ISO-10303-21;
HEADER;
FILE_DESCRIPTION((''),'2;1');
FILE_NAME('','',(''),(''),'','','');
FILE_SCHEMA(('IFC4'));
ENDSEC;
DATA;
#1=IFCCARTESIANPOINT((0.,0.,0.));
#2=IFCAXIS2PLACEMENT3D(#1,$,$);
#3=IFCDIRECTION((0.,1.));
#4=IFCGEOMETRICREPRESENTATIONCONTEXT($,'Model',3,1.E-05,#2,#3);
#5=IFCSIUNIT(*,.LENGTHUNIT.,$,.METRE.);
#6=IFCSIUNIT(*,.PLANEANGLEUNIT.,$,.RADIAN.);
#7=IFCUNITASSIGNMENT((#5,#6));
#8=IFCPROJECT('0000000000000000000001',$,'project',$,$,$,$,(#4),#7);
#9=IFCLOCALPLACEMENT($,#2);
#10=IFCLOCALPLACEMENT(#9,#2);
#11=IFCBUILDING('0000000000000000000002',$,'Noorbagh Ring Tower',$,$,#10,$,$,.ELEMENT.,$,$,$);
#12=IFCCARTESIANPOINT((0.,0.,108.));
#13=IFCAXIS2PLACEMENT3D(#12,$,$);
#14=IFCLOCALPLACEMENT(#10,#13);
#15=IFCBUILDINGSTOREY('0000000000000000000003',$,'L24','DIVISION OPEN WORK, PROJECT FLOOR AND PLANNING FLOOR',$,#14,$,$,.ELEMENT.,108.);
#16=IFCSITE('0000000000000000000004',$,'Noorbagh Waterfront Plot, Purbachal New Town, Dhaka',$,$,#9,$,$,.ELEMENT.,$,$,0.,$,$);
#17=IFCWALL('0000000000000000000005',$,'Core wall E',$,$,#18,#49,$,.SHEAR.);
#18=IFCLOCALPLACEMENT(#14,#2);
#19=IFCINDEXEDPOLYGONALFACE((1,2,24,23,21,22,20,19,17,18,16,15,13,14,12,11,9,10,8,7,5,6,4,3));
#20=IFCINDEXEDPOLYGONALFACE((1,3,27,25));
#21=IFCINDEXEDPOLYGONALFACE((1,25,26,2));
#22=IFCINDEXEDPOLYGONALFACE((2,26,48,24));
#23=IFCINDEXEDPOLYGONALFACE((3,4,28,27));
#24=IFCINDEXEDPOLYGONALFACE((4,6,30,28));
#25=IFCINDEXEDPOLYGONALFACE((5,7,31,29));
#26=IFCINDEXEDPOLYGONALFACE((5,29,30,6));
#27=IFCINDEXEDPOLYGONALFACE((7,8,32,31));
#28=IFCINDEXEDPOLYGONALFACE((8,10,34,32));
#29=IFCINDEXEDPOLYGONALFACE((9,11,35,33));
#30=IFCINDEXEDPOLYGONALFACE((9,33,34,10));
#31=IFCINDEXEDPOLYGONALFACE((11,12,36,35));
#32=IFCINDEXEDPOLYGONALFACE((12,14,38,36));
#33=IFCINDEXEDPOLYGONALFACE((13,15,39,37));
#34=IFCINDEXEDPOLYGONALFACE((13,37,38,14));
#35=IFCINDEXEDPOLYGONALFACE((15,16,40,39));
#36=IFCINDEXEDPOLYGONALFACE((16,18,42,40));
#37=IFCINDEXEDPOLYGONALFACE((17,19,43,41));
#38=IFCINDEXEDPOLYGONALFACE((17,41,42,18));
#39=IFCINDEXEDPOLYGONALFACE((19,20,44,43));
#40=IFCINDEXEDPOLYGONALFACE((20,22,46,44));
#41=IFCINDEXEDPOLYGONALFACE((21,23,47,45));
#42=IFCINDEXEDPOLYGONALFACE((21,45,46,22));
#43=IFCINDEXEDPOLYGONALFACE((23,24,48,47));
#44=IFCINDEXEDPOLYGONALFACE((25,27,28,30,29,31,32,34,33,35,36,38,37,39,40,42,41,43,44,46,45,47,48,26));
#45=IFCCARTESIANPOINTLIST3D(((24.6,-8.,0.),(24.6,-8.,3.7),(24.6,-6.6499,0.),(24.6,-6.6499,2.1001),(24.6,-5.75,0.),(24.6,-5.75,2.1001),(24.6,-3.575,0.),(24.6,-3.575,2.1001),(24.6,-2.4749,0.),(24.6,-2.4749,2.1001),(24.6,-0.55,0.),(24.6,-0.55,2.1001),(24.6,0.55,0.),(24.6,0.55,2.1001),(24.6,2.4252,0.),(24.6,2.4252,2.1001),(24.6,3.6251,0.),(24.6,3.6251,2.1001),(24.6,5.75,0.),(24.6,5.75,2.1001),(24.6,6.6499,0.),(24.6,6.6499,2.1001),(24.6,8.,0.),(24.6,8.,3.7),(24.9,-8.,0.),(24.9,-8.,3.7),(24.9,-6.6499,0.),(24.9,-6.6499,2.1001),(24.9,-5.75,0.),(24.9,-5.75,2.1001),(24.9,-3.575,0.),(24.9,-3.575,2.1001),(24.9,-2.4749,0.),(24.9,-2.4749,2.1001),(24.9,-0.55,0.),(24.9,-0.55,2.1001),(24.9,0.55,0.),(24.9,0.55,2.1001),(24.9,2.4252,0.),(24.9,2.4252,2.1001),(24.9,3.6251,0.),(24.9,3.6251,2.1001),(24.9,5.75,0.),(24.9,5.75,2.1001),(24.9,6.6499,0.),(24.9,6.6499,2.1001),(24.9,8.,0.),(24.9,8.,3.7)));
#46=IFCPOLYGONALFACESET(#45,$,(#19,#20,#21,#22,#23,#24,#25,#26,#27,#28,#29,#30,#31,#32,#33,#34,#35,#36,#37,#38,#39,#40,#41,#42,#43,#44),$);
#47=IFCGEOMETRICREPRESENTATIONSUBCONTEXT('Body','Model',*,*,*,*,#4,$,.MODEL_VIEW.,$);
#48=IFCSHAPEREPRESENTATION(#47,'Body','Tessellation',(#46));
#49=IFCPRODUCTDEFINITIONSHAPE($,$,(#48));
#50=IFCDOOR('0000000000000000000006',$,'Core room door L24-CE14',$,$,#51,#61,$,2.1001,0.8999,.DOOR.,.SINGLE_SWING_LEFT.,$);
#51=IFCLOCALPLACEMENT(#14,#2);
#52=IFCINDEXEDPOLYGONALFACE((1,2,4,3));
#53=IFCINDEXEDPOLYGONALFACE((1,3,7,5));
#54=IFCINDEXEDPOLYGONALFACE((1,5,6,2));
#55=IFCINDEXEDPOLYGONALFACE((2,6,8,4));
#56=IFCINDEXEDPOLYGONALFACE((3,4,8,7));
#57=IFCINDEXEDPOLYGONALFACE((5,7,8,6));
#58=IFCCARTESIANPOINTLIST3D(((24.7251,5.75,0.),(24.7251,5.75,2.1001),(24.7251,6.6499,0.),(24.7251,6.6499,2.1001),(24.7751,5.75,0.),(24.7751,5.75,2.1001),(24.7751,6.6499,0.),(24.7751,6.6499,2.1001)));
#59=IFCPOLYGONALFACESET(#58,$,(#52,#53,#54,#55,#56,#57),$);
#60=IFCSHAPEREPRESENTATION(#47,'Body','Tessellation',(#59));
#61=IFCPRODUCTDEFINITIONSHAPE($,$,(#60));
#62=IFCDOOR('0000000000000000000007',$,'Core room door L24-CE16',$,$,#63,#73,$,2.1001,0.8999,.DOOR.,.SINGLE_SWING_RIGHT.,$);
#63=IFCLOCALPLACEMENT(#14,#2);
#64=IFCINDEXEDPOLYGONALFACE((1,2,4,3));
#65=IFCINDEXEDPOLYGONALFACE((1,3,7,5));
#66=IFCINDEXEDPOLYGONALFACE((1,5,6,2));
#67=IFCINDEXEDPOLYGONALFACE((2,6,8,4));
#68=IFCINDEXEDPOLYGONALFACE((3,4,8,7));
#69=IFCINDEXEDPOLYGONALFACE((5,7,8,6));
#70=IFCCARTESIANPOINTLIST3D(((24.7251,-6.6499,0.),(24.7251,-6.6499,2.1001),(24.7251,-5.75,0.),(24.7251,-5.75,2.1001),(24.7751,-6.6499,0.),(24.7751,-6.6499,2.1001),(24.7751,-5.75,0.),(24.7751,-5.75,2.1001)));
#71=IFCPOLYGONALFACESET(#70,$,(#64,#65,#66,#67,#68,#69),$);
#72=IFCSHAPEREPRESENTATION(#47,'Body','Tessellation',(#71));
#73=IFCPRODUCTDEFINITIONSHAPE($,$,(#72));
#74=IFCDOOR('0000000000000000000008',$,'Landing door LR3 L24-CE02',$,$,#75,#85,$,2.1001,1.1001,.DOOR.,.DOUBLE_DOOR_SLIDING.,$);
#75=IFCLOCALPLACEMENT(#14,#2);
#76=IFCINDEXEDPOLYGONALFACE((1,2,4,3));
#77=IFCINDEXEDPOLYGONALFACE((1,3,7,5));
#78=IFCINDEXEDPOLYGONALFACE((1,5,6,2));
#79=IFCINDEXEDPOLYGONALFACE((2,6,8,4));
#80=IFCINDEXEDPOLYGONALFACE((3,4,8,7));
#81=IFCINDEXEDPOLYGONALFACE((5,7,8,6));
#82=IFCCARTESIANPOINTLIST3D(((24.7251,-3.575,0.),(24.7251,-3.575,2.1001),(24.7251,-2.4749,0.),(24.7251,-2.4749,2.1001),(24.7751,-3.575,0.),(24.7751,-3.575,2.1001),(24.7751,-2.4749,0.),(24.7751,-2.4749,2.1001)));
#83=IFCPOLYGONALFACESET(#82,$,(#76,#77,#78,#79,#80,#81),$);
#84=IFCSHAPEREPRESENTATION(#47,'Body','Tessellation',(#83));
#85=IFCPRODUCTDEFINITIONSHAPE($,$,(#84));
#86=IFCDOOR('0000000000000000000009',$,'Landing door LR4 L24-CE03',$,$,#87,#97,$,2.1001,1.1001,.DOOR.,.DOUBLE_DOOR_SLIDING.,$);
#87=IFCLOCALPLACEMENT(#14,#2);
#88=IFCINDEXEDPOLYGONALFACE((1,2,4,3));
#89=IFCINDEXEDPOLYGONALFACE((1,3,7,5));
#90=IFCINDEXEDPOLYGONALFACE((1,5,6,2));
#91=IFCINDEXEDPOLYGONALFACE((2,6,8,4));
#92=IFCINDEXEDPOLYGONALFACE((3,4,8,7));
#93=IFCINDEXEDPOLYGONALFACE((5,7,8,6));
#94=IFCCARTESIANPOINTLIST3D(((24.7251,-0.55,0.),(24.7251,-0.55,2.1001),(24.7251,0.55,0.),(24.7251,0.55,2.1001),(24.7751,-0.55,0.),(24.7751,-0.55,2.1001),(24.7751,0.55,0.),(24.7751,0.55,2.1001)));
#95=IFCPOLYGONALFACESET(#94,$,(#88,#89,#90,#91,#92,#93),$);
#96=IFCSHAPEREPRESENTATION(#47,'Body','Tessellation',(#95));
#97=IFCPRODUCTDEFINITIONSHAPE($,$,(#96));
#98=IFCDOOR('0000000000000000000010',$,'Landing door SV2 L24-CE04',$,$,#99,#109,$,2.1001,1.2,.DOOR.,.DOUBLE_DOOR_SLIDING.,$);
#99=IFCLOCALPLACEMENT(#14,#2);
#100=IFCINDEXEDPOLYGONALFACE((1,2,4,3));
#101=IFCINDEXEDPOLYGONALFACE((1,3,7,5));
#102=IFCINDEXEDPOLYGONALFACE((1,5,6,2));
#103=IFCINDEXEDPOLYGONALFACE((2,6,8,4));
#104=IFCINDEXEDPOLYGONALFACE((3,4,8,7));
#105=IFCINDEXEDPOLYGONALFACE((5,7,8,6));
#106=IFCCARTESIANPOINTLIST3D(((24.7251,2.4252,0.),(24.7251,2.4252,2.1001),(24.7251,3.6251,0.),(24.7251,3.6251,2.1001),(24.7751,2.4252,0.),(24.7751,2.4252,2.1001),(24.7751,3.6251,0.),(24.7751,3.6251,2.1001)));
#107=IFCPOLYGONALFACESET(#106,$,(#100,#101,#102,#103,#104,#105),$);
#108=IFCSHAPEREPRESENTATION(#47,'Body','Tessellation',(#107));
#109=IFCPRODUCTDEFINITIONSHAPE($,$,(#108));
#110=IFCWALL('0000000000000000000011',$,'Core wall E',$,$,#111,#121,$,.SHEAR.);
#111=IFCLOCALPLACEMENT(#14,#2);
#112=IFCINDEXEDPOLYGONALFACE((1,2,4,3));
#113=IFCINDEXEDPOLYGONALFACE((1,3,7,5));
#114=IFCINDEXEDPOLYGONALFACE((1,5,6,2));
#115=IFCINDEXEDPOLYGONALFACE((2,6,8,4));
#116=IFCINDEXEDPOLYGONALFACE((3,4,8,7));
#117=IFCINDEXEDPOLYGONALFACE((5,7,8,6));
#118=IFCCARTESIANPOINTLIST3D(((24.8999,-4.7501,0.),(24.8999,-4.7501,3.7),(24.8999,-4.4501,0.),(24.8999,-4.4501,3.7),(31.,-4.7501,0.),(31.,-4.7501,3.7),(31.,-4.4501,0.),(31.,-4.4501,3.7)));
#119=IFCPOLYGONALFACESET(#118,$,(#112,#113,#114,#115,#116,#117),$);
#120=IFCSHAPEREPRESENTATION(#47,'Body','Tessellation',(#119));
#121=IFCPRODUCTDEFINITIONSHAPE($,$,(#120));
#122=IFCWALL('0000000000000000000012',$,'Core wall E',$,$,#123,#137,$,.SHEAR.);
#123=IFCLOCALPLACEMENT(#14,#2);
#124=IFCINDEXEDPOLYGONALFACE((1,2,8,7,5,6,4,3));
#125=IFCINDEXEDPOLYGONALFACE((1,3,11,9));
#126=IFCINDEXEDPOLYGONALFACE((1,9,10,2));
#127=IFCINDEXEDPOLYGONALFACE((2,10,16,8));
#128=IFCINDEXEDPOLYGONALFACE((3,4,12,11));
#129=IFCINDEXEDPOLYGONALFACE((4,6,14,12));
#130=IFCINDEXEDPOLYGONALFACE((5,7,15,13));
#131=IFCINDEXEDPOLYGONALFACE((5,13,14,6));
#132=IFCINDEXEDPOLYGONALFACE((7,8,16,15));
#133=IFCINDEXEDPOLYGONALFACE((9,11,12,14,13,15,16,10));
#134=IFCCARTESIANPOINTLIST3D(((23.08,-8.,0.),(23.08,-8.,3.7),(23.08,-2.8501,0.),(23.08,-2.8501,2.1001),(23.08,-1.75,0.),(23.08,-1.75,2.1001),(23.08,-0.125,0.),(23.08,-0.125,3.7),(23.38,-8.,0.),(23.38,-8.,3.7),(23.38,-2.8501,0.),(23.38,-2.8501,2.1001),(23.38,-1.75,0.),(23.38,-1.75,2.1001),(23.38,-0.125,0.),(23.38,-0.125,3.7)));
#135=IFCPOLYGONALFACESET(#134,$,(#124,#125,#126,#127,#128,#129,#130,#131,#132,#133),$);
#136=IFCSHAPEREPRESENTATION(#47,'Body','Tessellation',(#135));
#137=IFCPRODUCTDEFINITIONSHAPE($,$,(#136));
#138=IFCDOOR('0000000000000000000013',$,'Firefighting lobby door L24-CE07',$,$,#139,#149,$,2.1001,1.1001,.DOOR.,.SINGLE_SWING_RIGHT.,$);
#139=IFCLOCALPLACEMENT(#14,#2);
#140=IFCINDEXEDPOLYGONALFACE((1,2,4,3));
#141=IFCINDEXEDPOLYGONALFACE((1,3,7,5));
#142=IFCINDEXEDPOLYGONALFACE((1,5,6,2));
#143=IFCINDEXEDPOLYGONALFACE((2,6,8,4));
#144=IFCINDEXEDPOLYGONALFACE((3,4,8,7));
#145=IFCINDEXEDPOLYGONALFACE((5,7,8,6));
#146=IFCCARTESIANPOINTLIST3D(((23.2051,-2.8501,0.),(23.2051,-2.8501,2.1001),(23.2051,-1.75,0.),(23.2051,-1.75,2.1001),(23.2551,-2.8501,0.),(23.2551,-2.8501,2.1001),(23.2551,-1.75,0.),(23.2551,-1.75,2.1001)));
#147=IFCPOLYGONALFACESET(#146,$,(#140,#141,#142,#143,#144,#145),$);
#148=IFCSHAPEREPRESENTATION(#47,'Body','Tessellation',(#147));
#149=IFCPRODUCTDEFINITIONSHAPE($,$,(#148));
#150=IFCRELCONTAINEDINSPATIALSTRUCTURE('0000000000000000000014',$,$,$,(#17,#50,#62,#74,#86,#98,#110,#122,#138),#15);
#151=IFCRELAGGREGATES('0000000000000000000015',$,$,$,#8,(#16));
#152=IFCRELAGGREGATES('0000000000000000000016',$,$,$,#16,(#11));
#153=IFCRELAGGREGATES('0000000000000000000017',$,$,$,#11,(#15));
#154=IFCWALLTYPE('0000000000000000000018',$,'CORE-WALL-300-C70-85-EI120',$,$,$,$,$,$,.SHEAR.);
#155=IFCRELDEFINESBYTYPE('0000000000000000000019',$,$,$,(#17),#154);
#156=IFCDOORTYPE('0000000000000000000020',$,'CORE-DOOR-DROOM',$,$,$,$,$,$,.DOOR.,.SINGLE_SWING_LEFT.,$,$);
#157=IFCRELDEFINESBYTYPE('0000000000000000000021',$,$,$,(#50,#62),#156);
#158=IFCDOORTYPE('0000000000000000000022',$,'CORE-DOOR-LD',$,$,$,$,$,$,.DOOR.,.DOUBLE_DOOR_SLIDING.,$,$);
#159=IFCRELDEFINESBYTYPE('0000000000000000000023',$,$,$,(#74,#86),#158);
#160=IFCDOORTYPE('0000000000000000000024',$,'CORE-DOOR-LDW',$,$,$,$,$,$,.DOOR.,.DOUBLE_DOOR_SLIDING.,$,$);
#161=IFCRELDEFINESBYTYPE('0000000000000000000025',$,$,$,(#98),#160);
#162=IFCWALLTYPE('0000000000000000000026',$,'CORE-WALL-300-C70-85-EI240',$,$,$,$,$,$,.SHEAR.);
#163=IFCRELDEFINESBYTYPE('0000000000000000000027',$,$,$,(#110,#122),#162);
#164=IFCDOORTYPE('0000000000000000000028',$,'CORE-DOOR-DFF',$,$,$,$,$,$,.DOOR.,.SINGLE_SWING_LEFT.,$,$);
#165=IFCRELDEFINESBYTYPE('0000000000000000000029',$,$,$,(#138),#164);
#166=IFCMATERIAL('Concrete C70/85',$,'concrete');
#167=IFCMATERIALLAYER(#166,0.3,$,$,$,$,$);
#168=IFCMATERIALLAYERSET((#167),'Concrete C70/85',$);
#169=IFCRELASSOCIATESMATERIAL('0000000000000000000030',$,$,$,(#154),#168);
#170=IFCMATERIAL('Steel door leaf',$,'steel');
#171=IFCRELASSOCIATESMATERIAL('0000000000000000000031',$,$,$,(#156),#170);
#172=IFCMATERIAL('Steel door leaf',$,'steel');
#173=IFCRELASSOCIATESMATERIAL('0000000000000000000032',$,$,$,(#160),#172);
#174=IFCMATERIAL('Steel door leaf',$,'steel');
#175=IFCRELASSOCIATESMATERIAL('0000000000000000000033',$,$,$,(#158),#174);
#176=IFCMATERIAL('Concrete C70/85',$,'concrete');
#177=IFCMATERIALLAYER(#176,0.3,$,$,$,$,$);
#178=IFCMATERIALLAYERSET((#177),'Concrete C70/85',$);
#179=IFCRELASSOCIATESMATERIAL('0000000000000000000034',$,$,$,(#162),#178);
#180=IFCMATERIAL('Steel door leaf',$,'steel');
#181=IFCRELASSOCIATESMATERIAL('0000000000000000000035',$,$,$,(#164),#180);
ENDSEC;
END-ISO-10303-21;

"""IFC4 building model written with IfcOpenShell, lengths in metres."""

from ifc_helpers import new_model, si_unit, direction, frame, frame_2d, origin, place, context, subcontext, project, spatial, rectangle, extrude, material, layer, layer_set, type_object, element, fill, save


model = new_model("IFC4")

# Units and contexts
model_context = context("Model", 3, precision=1e-05, world=origin(), true_north=direction((0.0, 1.0)))
body_context = subcontext(model_context, "Body", "Model", "MODEL_VIEW")
ifc_project = project(units=[si_unit("LENGTHUNIT", "METRE"), si_unit("PLANEANGLEUNIT", "RADIAN")], contexts=[model_context])

# Site, building, storey
site_placement = place(None, origin())
site = spatial("IfcSite", under=ifc_project, at=site_placement, Name="Noorbagh Waterfront Plot, Purbachal New Town, Dhaka", CompositionType="ELEMENT", RefElevation=0.0)
building_placement = place(site_placement, origin())
building = spatial("IfcBuilding", under=site, at=building_placement, Name="Noorbagh Ring Tower", CompositionType="ELEMENT")
storey_placement = place(building_placement, frame((0.0, 0.0, 108.0)))
storey = spatial("IfcBuildingStorey", under=building, at=storey_placement, Name="L24", Description="DIVISION OPEN WORK, PROJECT FLOOR AND PLANNING FLOOR", CompositionType="ELEMENT", Elevation=108.0)

# Shared definitions
ifc_material_1 = material(Name="Concrete C70/85", Category="concrete")
ifc_layer_1 = layer(ifc_material_1, 0.3)
ifc_layer_set_1 = layer_set([ifc_layer_1], Name="Concrete C70/85")
wall_type_1 = type_object("IfcWallType", Name="CORE-WALL-300-C70-85-EI120", PredefinedType="SHEAR", material=ifc_layer_set_1)

# Wall, openings, doors
ifc_material_2 = material(Name="Steel door leaf", Category="steel")
door_type_1 = type_object("IfcDoorType", Name="CORE-DOOR-DROOM", OperationType="SINGLE_SWING_LEFT", PredefinedType="DOOR", material=ifc_material_2)
ifc_material_3 = material(Name="Steel door leaf", Category="steel")
door_type_2 = type_object("IfcDoorType", Name="CORE-DOOR-LDW", OperationType="DOUBLE_DOOR_SLIDING", PredefinedType="DOOR", material=ifc_material_3)
wall_1_placement = place(storey_placement, frame((24.75, -8.0, 0.0), z_axis=(0.0, 0.0, 1.0), x_axis=(0.0, 1.0, 0.0)))
wall_1 = element("IfcWall", 1, at=wall_1_placement, inside=storey, type_object=wall_type_1, Name="Core wall E", PredefinedType="SHEAR", context=body_context, shape_type="SweptSolid", body=[
    extrude(rectangle(XDim=16.0, YDim=0.3, at=frame_2d((8.0, 0.0))), origin(), (0.0, 0.0, 1.0), 3.7),
])
opening_1_placement = place(wall_1_placement, frame((4.425, 0.0, 0.0)))
opening_1 = element("IfcOpeningElement", 2, at=opening_1_placement, cuts=wall_1, PredefinedType="OPENING", context=body_context, shape_type="SweptSolid", body=[
    extrude(rectangle(XDim=1.1001, YDim=2.1001, at=frame_2d((0.55, 1.05))), frame((0.0, 0.1602, 0.0), z_axis=(0.0, -1.0, 0.0), x_axis=(1.0, 0.0, 0.0)), (0.0, 0.0, 1.0), 0.3201),
])
opening_2_placement = place(wall_1_placement, frame((7.45, 0.0, 0.0)))
opening_2 = element("IfcOpeningElement", 3, at=opening_2_placement, cuts=wall_1, PredefinedType="OPENING", context=body_context, shape_type="SweptSolid", body=[
    extrude(rectangle(XDim=1.1001, YDim=2.1001, at=frame_2d((0.55, 1.05))), frame((0.0, 0.1602, 0.0), z_axis=(0.0, -1.0, 0.0), x_axis=(1.0, 0.0, 0.0)), (0.0, 0.0, 1.0), 0.3201),
])
opening_3_placement = place(wall_1_placement, frame((10.425, 0.0, 0.0)))
opening_3 = element("IfcOpeningElement", 4, at=opening_3_placement, cuts=wall_1, PredefinedType="OPENING", context=body_context, shape_type="SweptSolid", body=[
    extrude(rectangle(XDim=1.2, YDim=2.1001, at=frame_2d((0.6001, 1.05))), frame((0.0, 0.1602, 0.0), z_axis=(0.0, -1.0, 0.0), x_axis=(1.0, 0.0, 0.0)), (0.0, 0.0, 1.0), 0.3201),
])
opening_4_placement = place(wall_1_placement, frame((13.75, 0.0, 0.0)))
opening_4 = element("IfcOpeningElement", 5, at=opening_4_placement, cuts=wall_1, PredefinedType="OPENING", context=body_context, shape_type="SweptSolid", body=[
    extrude(rectangle(XDim=0.8999, YDim=2.1001, at=frame_2d((0.45, 1.05))), frame((0.0, 0.1602, 0.0), z_axis=(0.0, -1.0, 0.0), x_axis=(1.0, 0.0, 0.0)), (0.0, 0.0, 1.0), 0.3201),
])
opening_5_placement = place(wall_1_placement, frame((1.3501, 0.0, 0.0)))
opening_5 = element("IfcOpeningElement", 6, at=opening_5_placement, cuts=wall_1, PredefinedType="OPENING", context=body_context, shape_type="SweptSolid", body=[
    extrude(rectangle(XDim=0.8999, YDim=2.1001, at=frame_2d((0.45, 1.05))), frame((0.0, 0.1602, 0.0), z_axis=(0.0, -1.0, 0.0), x_axis=(1.0, 0.0, 0.0)), (0.0, 0.0, 1.0), 0.3201),
])
door_1_placement = place(opening_4_placement, origin())
door_1 = element("IfcDoor", 7, at=door_1_placement, inside=storey, type_object=door_type_1, Name="Core room door L24-CE14", OperationType="SINGLE_SWING_LEFT", OverallHeight=2.1001, OverallWidth=0.8999, PredefinedType="DOOR", context=body_context, shape_type="SweptSolid", body=[
    extrude(rectangle(XDim=0.8999, YDim=2.1001, at=frame_2d((0.45, 1.05))), frame((0.0, 0.0249, 0.0), z_axis=(0.0, -1.0, 0.0), x_axis=(1.0, 0.0, 0.0)), (0.0, 0.0, 1.0), 0.05),
])
fill(opening_4, door_1)
door_2_placement = place(opening_5_placement, origin())
door_2 = element("IfcDoor", 8, at=door_2_placement, inside=storey, type_object=door_type_1, Name="Core room door L24-CE16", OperationType="SINGLE_SWING_RIGHT", OverallHeight=2.1001, OverallWidth=0.8999, PredefinedType="DOOR", context=body_context, shape_type="SweptSolid", body=[
    extrude(rectangle(XDim=0.8999, YDim=2.1001, at=frame_2d((0.45, 1.05))), frame((0.0, 0.0249, 0.0), z_axis=(0.0, -1.0, 0.0), x_axis=(1.0, 0.0, 0.0)), (0.0, 0.0, 1.0), 0.05),
])
fill(opening_5, door_2)
ifc_material_4 = material(Name="Steel door leaf", Category="steel")
door_type_3 = type_object("IfcDoorType", Name="CORE-DOOR-LD", OperationType="DOUBLE_DOOR_SLIDING", PredefinedType="DOOR", material=ifc_material_4)
door_3_placement = place(opening_1_placement, origin())
door_3 = element("IfcDoor", 9, at=door_3_placement, inside=storey, type_object=door_type_3, Name="Landing door LR3 L24-CE02", OperationType="DOUBLE_DOOR_SLIDING", OverallHeight=2.1001, OverallWidth=1.1001, PredefinedType="DOOR", context=body_context, shape_type="SweptSolid", body=[
    extrude(rectangle(XDim=1.1001, YDim=2.1001, at=frame_2d((0.55, 1.05))), frame((0.0, 0.0249, 0.0), z_axis=(0.0, -1.0, 0.0), x_axis=(1.0, 0.0, 0.0)), (0.0, 0.0, 1.0), 0.05),
])
fill(opening_1, door_3)
door_4_placement = place(opening_2_placement, origin())
door_4 = element("IfcDoor", 10, at=door_4_placement, inside=storey, type_object=door_type_3, Name="Landing door LR4 L24-CE03", OperationType="DOUBLE_DOOR_SLIDING", OverallHeight=2.1001, OverallWidth=1.1001, PredefinedType="DOOR", context=body_context, shape_type="SweptSolid", body=[
    extrude(rectangle(XDim=1.1001, YDim=2.1001, at=frame_2d((0.55, 1.05))), frame((0.0, 0.0249, 0.0), z_axis=(0.0, -1.0, 0.0), x_axis=(1.0, 0.0, 0.0)), (0.0, 0.0, 1.0), 0.05),
])
fill(opening_2, door_4)
door_5_placement = place(opening_3_placement, origin())
door_5 = element("IfcDoor", 11, at=door_5_placement, inside=storey, type_object=door_type_2, Name="Landing door SV2 L24-CE04", OperationType="DOUBLE_DOOR_SLIDING", OverallHeight=2.1001, OverallWidth=1.2, PredefinedType="DOOR", context=body_context, shape_type="SweptSolid", body=[
    extrude(rectangle(XDim=1.2, YDim=2.1001, at=frame_2d((0.6001, 1.05))), frame((0.0, 0.0249, 0.0), z_axis=(0.0, -1.0, 0.0), x_axis=(1.0, 0.0, 0.0)), (0.0, 0.0, 1.0), 0.05),
])
fill(opening_3, door_5)

# Wall
ifc_material_5 = material(Name="Concrete C70/85", Category="concrete")
ifc_layer_2 = layer(ifc_material_5, 0.3)
ifc_layer_set_2 = layer_set([ifc_layer_2], Name="Concrete C70/85")
wall_type_2 = type_object("IfcWallType", Name="CORE-WALL-300-C70-85-EI240", PredefinedType="SHEAR", material=ifc_layer_set_2)
wall_2_placement = place(storey_placement, frame((24.8999, -4.6001, 0.0), z_axis=(0.0, 0.0, 1.0), x_axis=(1.0, 0.0, 0.0)))
element("IfcWall", 12, at=wall_2_placement, inside=storey, type_object=wall_type_2, Name="Core wall E", PredefinedType="SHEAR", context=body_context, shape_type="SweptSolid", body=[
    extrude(rectangle(XDim=6.1001, YDim=0.3, at=frame_2d((3.05, 0.0))), origin(), (0.0, 0.0, 1.0), 3.7),
])

# Wall, opening, door
wall_3_placement = place(storey_placement, frame((23.23, -8.0, 0.0), z_axis=(0.0, 0.0, 1.0), x_axis=(0.0, 1.0, 0.0)))
wall_3 = element("IfcWall", 13, at=wall_3_placement, inside=storey, type_object=wall_type_2, Name="Core wall E", PredefinedType="SHEAR", context=body_context, shape_type="SweptSolid", body=[
    extrude(rectangle(XDim=7.875, YDim=0.3, at=frame_2d((3.9375, 0.0))), origin(), (0.0, 0.0, 1.0), 3.7),
])
opening_6_placement = place(wall_3_placement, frame((5.1499, 0.0, 0.0)))
opening_6 = element("IfcOpeningElement", 14, at=opening_6_placement, cuts=wall_3, PredefinedType="OPENING", context=body_context, shape_type="SweptSolid", body=[
    extrude(rectangle(XDim=1.1001, YDim=2.1001, at=frame_2d((0.55, 1.05))), frame((0.0, 0.1602, 0.0), z_axis=(0.0, -1.0, 0.0), x_axis=(1.0, 0.0, 0.0)), (0.0, 0.0, 1.0), 0.3201),
])
ifc_material_6 = material(Name="Steel door leaf", Category="steel")
door_type_4 = type_object("IfcDoorType", Name="CORE-DOOR-DFF", OperationType="SINGLE_SWING_LEFT", PredefinedType="DOOR", material=ifc_material_6)
door_6_placement = place(opening_6_placement, origin())
door_6 = element("IfcDoor", 15, at=door_6_placement, inside=storey, type_object=door_type_4, Name="Firefighting lobby door L24-CE07", OperationType="SINGLE_SWING_RIGHT", OverallHeight=2.1001, OverallWidth=1.1001, PredefinedType="DOOR", context=body_context, shape_type="SweptSolid", body=[
    extrude(rectangle(XDim=1.1001, YDim=2.1001, at=frame_2d((0.55, 1.05))), frame((0.0, 0.0249, 0.0), z_axis=(0.0, -1.0, 0.0), x_axis=(1.0, 0.0, 0.0)), (0.0, 0.0, 1.0), 0.05),
])
fill(opening_6, door_6)

save(model, "model.ifc")
